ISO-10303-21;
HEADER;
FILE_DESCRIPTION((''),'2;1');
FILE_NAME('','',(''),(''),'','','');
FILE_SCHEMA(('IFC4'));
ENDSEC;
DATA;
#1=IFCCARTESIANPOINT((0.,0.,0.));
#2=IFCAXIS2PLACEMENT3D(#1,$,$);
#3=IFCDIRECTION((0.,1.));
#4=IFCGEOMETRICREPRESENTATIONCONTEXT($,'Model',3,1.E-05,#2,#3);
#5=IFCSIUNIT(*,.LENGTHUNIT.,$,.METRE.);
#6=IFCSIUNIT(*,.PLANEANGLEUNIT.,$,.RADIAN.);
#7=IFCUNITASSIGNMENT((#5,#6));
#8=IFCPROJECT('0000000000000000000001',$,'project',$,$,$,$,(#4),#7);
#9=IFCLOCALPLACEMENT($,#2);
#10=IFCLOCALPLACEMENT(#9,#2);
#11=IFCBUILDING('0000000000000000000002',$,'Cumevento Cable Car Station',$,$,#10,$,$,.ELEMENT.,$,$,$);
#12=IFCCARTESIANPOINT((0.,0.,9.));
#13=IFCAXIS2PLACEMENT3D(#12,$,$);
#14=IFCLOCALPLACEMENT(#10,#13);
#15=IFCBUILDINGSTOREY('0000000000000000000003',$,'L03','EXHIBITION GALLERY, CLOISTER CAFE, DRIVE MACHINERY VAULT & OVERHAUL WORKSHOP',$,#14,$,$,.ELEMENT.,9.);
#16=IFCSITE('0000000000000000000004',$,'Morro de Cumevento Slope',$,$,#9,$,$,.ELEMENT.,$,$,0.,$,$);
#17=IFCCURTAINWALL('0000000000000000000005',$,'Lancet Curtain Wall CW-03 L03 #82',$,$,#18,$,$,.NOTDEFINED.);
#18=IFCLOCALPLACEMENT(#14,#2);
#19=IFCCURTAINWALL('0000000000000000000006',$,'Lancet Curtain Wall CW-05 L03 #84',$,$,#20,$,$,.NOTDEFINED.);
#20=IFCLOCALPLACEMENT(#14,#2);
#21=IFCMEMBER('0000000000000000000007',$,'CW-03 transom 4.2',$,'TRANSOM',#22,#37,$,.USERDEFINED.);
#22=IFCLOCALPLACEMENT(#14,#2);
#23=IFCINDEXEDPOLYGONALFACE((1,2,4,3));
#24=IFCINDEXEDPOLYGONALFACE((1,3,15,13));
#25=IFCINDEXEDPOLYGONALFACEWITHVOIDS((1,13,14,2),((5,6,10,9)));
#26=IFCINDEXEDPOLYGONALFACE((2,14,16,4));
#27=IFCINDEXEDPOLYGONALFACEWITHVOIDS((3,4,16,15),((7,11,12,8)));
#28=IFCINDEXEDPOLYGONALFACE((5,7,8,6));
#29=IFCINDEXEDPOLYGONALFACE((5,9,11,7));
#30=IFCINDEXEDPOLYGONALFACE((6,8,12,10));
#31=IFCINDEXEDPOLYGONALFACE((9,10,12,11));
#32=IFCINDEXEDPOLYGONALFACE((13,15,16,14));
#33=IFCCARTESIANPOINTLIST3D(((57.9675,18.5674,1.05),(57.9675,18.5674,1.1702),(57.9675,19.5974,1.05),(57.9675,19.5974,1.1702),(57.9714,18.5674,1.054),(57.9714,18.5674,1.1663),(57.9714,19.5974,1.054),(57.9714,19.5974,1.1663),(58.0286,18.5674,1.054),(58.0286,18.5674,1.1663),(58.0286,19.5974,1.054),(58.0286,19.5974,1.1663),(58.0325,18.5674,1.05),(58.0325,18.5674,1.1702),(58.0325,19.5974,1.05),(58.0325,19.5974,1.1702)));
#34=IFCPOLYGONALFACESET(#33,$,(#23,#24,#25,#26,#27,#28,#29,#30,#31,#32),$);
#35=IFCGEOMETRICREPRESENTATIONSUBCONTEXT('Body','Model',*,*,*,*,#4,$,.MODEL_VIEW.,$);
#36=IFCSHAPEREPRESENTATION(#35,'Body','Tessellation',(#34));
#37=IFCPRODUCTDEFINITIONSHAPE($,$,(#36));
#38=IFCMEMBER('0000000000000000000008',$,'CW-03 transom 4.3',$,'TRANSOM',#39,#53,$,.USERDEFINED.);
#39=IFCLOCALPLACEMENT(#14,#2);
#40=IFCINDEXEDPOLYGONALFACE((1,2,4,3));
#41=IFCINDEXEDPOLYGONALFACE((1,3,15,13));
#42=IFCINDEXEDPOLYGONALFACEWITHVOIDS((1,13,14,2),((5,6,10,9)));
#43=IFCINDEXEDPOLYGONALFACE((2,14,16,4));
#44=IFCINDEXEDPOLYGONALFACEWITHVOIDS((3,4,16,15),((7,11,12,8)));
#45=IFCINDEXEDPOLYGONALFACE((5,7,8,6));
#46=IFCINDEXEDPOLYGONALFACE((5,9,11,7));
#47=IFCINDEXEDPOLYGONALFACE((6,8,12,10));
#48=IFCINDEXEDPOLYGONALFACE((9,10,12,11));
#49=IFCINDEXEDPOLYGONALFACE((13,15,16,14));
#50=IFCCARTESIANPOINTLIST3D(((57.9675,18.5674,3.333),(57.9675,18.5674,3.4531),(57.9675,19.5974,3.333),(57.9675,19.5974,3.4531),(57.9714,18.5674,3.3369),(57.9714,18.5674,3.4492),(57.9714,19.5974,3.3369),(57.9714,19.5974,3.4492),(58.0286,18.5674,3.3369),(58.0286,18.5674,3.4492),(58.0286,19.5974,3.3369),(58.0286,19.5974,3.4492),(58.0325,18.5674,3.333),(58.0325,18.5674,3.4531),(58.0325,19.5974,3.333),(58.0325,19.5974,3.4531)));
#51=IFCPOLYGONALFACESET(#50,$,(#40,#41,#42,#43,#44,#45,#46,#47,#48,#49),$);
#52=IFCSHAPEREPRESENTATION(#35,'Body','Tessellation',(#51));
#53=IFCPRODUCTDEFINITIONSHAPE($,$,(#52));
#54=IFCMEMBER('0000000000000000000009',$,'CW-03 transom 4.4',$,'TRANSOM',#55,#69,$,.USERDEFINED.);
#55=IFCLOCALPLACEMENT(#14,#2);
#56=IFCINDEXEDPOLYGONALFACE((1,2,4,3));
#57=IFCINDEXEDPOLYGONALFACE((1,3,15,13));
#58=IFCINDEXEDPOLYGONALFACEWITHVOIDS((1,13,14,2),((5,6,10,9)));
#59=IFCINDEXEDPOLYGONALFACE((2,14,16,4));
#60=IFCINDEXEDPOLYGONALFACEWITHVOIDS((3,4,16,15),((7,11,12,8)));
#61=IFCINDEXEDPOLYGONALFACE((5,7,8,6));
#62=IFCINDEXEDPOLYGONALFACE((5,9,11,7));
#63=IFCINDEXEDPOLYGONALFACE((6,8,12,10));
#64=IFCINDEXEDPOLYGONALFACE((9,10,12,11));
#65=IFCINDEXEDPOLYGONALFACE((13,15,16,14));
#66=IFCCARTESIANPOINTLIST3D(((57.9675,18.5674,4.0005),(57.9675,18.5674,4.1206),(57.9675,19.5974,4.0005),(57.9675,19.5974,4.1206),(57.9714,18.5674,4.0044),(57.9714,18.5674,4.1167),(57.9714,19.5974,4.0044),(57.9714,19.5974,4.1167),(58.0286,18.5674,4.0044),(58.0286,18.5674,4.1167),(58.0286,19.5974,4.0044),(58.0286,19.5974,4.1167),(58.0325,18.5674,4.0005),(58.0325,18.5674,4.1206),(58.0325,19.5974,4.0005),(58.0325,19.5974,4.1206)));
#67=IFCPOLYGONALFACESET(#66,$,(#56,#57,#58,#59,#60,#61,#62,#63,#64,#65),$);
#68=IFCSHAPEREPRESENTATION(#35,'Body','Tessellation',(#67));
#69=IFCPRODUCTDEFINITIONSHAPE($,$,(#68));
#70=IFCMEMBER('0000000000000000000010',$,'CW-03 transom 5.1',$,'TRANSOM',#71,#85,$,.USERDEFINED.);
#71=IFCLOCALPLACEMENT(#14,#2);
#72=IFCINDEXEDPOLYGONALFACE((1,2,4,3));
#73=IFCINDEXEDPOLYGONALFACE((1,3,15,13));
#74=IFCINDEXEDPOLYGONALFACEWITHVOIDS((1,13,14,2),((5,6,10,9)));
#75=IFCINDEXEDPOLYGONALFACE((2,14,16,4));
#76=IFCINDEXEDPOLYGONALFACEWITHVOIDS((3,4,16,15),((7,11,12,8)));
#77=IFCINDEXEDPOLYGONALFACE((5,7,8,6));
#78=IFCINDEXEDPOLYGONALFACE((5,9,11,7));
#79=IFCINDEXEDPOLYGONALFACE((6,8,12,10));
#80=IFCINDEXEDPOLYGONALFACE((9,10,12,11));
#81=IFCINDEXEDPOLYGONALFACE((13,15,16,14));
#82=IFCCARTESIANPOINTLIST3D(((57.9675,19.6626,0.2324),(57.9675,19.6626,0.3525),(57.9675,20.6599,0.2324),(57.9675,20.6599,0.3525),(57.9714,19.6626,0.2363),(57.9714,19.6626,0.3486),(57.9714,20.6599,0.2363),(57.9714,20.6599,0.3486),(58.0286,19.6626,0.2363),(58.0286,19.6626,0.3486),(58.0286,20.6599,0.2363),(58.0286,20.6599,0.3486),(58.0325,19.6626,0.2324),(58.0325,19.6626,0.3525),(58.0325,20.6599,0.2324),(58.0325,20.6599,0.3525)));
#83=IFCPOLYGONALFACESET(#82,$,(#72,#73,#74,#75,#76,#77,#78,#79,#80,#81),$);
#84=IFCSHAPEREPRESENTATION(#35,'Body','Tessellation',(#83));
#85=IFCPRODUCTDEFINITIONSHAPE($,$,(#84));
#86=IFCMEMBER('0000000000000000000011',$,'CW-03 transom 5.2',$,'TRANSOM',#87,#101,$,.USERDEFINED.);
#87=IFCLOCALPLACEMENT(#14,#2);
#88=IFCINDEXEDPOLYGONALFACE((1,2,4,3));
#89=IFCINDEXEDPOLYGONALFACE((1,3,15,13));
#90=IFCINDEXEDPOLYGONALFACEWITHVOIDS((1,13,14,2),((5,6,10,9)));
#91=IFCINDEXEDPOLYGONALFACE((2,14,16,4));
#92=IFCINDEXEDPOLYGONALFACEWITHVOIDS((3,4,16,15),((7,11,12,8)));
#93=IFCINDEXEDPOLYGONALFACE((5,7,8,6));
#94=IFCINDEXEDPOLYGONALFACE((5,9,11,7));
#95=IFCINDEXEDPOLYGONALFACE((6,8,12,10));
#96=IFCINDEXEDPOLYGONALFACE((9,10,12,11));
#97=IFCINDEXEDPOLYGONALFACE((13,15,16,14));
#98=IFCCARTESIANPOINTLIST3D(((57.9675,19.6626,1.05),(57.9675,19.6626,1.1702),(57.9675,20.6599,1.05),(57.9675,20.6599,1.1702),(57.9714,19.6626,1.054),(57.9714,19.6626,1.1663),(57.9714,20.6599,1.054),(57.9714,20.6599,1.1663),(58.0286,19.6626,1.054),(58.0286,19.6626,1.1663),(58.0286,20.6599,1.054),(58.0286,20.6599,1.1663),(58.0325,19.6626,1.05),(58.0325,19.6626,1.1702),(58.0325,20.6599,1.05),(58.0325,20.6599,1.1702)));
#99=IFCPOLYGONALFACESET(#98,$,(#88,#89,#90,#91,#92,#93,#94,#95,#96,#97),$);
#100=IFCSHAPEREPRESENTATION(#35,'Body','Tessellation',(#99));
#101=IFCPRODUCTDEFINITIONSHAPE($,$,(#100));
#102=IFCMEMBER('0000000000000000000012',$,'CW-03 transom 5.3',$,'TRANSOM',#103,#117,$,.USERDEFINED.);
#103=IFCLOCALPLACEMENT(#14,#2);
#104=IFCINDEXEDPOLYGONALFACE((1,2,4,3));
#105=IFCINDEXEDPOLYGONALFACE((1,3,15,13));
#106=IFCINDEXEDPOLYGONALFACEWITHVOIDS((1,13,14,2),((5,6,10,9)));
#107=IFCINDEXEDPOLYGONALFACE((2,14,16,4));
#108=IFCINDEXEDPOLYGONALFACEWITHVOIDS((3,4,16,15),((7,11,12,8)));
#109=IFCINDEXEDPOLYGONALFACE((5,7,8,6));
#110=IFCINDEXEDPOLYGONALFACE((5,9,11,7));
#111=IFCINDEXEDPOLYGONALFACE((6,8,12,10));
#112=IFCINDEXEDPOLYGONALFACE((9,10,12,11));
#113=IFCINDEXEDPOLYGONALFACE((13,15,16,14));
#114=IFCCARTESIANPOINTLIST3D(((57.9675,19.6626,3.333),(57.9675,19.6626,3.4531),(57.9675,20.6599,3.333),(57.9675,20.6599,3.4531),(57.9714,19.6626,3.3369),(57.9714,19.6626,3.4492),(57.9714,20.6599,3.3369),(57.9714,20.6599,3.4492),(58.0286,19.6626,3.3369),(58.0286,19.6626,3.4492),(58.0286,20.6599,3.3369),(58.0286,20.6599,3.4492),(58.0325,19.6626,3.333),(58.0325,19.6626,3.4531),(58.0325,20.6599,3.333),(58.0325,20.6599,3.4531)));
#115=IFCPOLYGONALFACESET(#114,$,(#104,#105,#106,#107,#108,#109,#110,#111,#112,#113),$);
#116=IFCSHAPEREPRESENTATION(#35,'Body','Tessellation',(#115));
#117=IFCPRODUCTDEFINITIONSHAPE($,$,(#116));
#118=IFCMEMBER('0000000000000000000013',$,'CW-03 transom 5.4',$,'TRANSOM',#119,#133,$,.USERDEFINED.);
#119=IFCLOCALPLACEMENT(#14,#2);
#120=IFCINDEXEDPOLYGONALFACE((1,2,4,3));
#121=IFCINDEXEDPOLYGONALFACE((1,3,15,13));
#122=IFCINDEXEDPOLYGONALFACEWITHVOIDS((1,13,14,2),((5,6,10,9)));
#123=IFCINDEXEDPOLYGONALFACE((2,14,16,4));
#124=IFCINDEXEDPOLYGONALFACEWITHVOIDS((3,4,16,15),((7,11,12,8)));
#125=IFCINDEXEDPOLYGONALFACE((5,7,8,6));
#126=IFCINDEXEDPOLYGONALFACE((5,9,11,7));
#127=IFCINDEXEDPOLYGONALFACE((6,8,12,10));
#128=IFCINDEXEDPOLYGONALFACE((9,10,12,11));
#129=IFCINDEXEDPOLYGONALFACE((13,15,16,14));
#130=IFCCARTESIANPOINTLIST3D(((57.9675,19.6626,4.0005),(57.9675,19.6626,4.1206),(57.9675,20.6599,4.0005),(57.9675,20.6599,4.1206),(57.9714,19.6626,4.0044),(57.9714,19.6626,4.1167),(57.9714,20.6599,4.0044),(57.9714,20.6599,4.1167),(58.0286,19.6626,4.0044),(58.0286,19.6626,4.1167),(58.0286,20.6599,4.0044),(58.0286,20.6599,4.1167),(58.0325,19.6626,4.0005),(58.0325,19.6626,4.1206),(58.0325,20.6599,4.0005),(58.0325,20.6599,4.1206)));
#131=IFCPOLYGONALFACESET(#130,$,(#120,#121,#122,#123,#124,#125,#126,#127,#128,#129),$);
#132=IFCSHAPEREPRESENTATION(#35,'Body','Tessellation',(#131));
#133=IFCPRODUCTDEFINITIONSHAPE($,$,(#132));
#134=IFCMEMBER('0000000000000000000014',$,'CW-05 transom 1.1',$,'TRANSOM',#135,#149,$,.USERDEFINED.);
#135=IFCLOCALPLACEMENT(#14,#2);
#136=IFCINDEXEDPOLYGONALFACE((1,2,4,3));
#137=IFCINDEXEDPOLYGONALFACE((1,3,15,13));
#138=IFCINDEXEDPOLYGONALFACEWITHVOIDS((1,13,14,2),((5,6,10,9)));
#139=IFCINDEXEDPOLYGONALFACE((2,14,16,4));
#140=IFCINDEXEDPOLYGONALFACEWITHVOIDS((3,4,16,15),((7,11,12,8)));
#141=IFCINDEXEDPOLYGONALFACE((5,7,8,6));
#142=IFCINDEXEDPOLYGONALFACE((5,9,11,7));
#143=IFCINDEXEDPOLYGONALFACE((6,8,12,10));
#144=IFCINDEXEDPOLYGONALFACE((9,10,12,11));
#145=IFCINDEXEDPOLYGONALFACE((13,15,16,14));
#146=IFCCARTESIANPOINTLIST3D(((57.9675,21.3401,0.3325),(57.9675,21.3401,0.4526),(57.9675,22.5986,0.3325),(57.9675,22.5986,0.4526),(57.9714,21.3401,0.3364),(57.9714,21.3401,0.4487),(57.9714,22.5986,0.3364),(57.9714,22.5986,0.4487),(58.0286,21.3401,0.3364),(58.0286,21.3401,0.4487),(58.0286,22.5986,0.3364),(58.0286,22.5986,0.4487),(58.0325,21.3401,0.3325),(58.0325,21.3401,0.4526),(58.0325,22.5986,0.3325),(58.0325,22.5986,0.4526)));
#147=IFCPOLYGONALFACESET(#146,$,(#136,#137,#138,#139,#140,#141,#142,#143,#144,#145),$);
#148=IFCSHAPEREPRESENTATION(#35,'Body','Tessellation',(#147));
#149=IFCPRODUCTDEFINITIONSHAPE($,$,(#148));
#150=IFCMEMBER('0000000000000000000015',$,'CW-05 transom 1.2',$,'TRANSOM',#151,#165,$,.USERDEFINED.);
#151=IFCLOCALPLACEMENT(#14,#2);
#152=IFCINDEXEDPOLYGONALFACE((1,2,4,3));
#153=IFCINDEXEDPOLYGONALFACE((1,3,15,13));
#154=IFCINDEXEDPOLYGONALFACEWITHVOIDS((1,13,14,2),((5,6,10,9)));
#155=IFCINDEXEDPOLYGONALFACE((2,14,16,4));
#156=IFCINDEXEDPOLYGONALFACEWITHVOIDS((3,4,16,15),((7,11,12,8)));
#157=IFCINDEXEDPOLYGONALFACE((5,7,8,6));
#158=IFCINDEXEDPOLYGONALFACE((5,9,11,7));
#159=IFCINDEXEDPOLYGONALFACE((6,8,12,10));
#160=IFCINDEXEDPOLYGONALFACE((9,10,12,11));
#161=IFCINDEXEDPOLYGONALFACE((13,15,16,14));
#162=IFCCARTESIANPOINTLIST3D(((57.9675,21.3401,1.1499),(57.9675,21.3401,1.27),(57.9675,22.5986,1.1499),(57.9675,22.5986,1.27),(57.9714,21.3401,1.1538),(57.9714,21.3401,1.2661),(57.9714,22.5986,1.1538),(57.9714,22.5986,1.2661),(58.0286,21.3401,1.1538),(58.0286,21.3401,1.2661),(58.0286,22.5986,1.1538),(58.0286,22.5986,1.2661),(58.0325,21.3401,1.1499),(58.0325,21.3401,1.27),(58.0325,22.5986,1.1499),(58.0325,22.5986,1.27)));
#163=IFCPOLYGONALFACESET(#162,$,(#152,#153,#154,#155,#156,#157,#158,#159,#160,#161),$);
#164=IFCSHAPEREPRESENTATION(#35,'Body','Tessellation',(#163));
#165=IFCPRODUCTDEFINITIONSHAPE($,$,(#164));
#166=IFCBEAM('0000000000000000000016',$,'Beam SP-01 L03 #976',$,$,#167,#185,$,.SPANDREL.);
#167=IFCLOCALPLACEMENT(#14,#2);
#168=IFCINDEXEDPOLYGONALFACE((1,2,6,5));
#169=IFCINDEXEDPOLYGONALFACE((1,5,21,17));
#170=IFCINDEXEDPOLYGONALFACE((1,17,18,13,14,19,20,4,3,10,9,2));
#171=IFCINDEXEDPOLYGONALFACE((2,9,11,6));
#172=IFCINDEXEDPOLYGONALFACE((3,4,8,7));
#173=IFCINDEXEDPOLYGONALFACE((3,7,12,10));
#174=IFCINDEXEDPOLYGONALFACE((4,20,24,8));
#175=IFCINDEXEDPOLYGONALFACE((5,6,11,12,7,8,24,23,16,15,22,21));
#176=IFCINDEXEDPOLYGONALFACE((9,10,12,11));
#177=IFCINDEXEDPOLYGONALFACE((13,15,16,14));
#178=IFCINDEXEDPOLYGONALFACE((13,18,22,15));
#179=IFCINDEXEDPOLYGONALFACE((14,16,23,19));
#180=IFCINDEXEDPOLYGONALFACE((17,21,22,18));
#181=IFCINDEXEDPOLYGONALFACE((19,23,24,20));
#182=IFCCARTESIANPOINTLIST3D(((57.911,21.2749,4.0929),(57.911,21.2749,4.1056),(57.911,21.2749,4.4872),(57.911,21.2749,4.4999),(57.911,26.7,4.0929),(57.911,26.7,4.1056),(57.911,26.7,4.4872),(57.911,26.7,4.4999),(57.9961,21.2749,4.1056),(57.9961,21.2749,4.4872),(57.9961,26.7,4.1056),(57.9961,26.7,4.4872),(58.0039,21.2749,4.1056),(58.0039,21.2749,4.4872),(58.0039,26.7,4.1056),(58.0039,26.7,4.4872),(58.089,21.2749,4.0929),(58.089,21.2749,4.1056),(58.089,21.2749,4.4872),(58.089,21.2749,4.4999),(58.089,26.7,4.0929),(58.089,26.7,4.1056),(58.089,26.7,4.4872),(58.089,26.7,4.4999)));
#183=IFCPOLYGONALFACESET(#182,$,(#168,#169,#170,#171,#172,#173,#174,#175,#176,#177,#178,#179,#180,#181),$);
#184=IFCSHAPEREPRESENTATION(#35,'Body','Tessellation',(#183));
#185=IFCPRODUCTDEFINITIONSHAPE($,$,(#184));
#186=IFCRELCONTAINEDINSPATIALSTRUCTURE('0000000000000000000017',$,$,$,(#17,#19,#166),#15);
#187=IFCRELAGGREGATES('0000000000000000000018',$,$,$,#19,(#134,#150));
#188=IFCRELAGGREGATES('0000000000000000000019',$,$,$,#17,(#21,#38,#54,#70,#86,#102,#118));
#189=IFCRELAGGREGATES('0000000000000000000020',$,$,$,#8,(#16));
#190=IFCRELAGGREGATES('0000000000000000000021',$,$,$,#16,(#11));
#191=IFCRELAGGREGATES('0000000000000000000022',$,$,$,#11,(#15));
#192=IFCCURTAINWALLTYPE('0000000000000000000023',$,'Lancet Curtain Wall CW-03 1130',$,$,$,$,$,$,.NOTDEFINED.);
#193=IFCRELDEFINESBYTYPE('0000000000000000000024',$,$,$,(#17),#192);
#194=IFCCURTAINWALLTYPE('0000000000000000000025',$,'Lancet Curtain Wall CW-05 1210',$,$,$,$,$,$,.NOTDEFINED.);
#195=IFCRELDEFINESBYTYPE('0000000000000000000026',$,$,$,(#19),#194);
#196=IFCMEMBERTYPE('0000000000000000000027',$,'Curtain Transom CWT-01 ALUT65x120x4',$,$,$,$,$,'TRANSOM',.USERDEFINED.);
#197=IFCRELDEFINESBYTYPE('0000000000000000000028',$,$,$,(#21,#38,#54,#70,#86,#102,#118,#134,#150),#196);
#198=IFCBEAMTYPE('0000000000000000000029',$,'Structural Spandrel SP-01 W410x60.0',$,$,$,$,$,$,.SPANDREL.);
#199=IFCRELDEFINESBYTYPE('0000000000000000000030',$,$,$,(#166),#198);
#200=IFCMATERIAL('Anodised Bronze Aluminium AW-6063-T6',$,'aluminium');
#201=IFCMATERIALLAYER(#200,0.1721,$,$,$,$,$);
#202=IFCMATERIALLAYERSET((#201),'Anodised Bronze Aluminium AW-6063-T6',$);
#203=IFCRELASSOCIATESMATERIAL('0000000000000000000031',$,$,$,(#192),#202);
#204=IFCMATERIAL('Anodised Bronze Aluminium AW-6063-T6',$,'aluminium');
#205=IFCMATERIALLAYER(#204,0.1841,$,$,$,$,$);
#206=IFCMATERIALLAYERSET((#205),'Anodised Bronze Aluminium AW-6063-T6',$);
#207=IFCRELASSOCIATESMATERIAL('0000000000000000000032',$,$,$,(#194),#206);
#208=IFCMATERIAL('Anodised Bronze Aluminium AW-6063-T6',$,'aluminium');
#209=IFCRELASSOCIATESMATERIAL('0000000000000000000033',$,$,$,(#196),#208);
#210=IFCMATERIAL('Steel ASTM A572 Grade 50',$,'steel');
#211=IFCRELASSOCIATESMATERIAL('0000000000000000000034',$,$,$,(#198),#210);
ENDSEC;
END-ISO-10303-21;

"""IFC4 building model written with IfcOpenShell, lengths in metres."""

from ifc_helpers import new_model, si_unit, direction, frame, origin, origin_2d, place, context, subcontext, project, spatial, hollow_rectangle, i_section, extrude, material, layer, layer_set, material_profile, profile_set, type_object, element, aggregate, save


model = new_model("IFC4")

# Units and contexts
model_context = context("Model", 3, precision=1e-05, world=origin(), true_north=direction((0.0, 1.0)))
body_context = subcontext(model_context, "Body", "Model", "MODEL_VIEW")
ifc_project = project(units=[si_unit("LENGTHUNIT", "METRE"), si_unit("PLANEANGLEUNIT", "RADIAN")], contexts=[model_context])

# Site, building, storey
site_placement = place(None, origin())
site = spatial("IfcSite", under=ifc_project, at=site_placement, Name="Morro de Cumevento Slope", CompositionType="ELEMENT", RefElevation=0.0)
building_placement = place(site_placement, origin())
building = spatial("IfcBuilding", under=site, at=building_placement, Name="Cumevento Cable Car Station", CompositionType="ELEMENT")
storey_placement = place(building_placement, frame((0.0, 0.0, 9.0)))
storey = spatial("IfcBuildingStorey", under=building, at=storey_placement, Name="L03", Description="EXHIBITION GALLERY, CLOISTER CAFE, DRIVE MACHINERY VAULT & OVERHAUL WORKSHOP", CompositionType="ELEMENT", Elevation=9.0)

# Curtain wall
ifc_material_1 = material(Name="Anodised Bronze Aluminium AW-6063-T6", Category="aluminium")
ifc_layer_1 = layer(ifc_material_1, 0.1721)
ifc_layer_set_1 = layer_set([ifc_layer_1], Name="Anodised Bronze Aluminium AW-6063-T6")
curtain_wall_type_1 = type_object("IfcCurtainWallType", Name="Lancet Curtain Wall CW-03 1130", PredefinedType="NOTDEFINED", material=ifc_layer_set_1)
curtain_wall_1_placement = place(storey_placement, origin())
curtain_wall_1 = element("IfcCurtainWall", 1, at=curtain_wall_1_placement, inside=storey, type_object=curtain_wall_type_1, Name="Lancet Curtain Wall CW-03 L03 #82", PredefinedType="NOTDEFINED")

# Curtain wall
ifc_material_2 = material(Name="Anodised Bronze Aluminium AW-6063-T6", Category="aluminium")
ifc_layer_2 = layer(ifc_material_2, 0.1841)
ifc_layer_set_2 = layer_set([ifc_layer_2], Name="Anodised Bronze Aluminium AW-6063-T6")
curtain_wall_type_2 = type_object("IfcCurtainWallType", Name="Lancet Curtain Wall CW-05 1210", PredefinedType="NOTDEFINED", material=ifc_layer_set_2)
curtain_wall_2_placement = place(storey_placement, origin())
curtain_wall_2 = element("IfcCurtainWall", 2, at=curtain_wall_2_placement, inside=storey, type_object=curtain_wall_type_2, Name="Lancet Curtain Wall CW-05 L03 #84", PredefinedType="NOTDEFINED")

# Members
ifc_material_3 = material(Name="Anodised Bronze Aluminium AW-6063-T6", Category="aluminium")
ifc_material_profile_1 = material_profile(ifc_material_3, hollow_rectangle(XDim=0.0649, YDim=0.1201, WallThickness=0.0039, at=origin_2d()), Name="ALUT65x120x4")
ifc_profile_set_1 = profile_set([ifc_material_profile_1], Name="Anodised Bronze Aluminium AW-6063-T6")
member_type_1 = type_object("IfcMemberType", Name="Curtain Transom CWT-01 ALUT65x120x4", ElementType="TRANSOM", PredefinedType="USERDEFINED", material=ifc_profile_set_1)
member_1_placement = place(storey_placement, frame((58.0, 18.5674, 1.1101), z_axis=(0.0, 1.0, 0.0), x_axis=(-1.0, 0.0, 0.0)))
member_1 = element("IfcMember", 3, at=member_1_placement, type_object=member_type_1, Name="CW-03 transom 4.2", ObjectType="TRANSOM", PredefinedType="USERDEFINED", context=body_context, shape_type="SweptSolid", body=[
    extrude(hollow_rectangle(XDim=0.0649, YDim=0.1201, WallThickness=0.0039, at=origin_2d()), origin(), (0.0, 0.0, 1.0), 1.03),
])
member_2_placement = place(storey_placement, frame((58.0, 18.5674, 3.3931), z_axis=(0.0, 1.0, 0.0), x_axis=(-1.0, 0.0, 0.0)))
member_2 = element("IfcMember", 4, at=member_2_placement, type_object=member_type_1, Name="CW-03 transom 4.3", ObjectType="TRANSOM", PredefinedType="USERDEFINED", context=body_context, shape_type="SweptSolid", body=[
    extrude(hollow_rectangle(XDim=0.0649, YDim=0.1201, WallThickness=0.0039, at=origin_2d()), origin(), (0.0, 0.0, 1.0), 1.03),
])
member_3_placement = place(storey_placement, frame((58.0, 18.5674, 4.0605), z_axis=(0.0, 1.0, 0.0), x_axis=(-1.0, 0.0, 0.0)))
member_3 = element("IfcMember", 5, at=member_3_placement, type_object=member_type_1, Name="CW-03 transom 4.4", ObjectType="TRANSOM", PredefinedType="USERDEFINED", context=body_context, shape_type="SweptSolid", body=[
    extrude(hollow_rectangle(XDim=0.0649, YDim=0.1201, WallThickness=0.0039, at=origin_2d()), origin(), (0.0, 0.0, 1.0), 1.03),
])
member_4_placement = place(storey_placement, frame((58.0, 19.6626, 0.2925), z_axis=(0.0, 1.0, 0.0), x_axis=(-1.0, 0.0, 0.0)))
member_4 = element("IfcMember", 6, at=member_4_placement, type_object=member_type_1, Name="CW-03 transom 5.1", ObjectType="TRANSOM", PredefinedType="USERDEFINED", context=body_context, shape_type="SweptSolid", body=[
    extrude(hollow_rectangle(XDim=0.0649, YDim=0.1201, WallThickness=0.0039, at=origin_2d()), origin(), (0.0, 0.0, 1.0), 0.9973),
])
member_5_placement = place(storey_placement, frame((58.0, 19.6626, 1.1101), z_axis=(0.0, 1.0, 0.0), x_axis=(-1.0, 0.0, 0.0)))
member_5 = element("IfcMember", 7, at=member_5_placement, type_object=member_type_1, Name="CW-03 transom 5.2", ObjectType="TRANSOM", PredefinedType="USERDEFINED", context=body_context, shape_type="SweptSolid", body=[
    extrude(hollow_rectangle(XDim=0.0649, YDim=0.1201, WallThickness=0.0039, at=origin_2d()), origin(), (0.0, 0.0, 1.0), 0.9973),
])
member_6_placement = place(storey_placement, frame((58.0, 19.6626, 3.3931), z_axis=(0.0, 1.0, 0.0), x_axis=(-1.0, 0.0, 0.0)))
member_6 = element("IfcMember", 8, at=member_6_placement, type_object=member_type_1, Name="CW-03 transom 5.3", ObjectType="TRANSOM", PredefinedType="USERDEFINED", context=body_context, shape_type="SweptSolid", body=[
    extrude(hollow_rectangle(XDim=0.0649, YDim=0.1201, WallThickness=0.0039, at=origin_2d()), origin(), (0.0, 0.0, 1.0), 0.9973),
])
member_7_placement = place(storey_placement, frame((58.0, 19.6626, 4.0605), z_axis=(0.0, 1.0, 0.0), x_axis=(-1.0, 0.0, 0.0)))
member_7 = element("IfcMember", 9, at=member_7_placement, type_object=member_type_1, Name="CW-03 transom 5.4", ObjectType="TRANSOM", PredefinedType="USERDEFINED", context=body_context, shape_type="SweptSolid", body=[
    extrude(hollow_rectangle(XDim=0.0649, YDim=0.1201, WallThickness=0.0039, at=origin_2d()), origin(), (0.0, 0.0, 1.0), 0.9973),
])
member_8_placement = place(storey_placement, frame((58.0, 21.3401, 0.3926), z_axis=(0.0, 1.0, 0.0), x_axis=(-1.0, 0.0, 0.0)))
member_8 = element("IfcMember", 10, at=member_8_placement, type_object=member_type_1, Name="CW-05 transom 1.1", ObjectType="TRANSOM", PredefinedType="USERDEFINED", context=body_context, shape_type="SweptSolid", body=[
    extrude(hollow_rectangle(XDim=0.0649, YDim=0.1201, WallThickness=0.0039, at=origin_2d()), origin(), (0.0, 0.0, 1.0), 1.2585),
])
member_9_placement = place(storey_placement, frame((58.0, 21.3401, 1.21), z_axis=(0.0, 1.0, 0.0), x_axis=(-1.0, 0.0, 0.0)))
member_9 = element("IfcMember", 11, at=member_9_placement, type_object=member_type_1, Name="CW-05 transom 1.2", ObjectType="TRANSOM", PredefinedType="USERDEFINED", context=body_context, shape_type="SweptSolid", body=[
    extrude(hollow_rectangle(XDim=0.0649, YDim=0.1201, WallThickness=0.0039, at=origin_2d()), origin(), (0.0, 0.0, 1.0), 1.2585),
])
aggregate(curtain_wall_2, [member_8, member_9])

# Beam
ifc_material_4 = material(Name="Steel ASTM A572 Grade 50", Category="steel")
ifc_material_profile_2 = material_profile(ifc_material_4, i_section(OverallWidth=0.178, OverallDepth=0.407, WebThickness=0.0078, FlangeThickness=0.0127, at=origin_2d()), Name="W410x60.0")
ifc_profile_set_2 = profile_set([ifc_material_profile_2], Name="Steel ASTM A572 Grade 50")
beam_type = type_object("IfcBeamType", Name="Structural Spandrel SP-01 W410x60.0", PredefinedType="SPANDREL", material=ifc_profile_set_2)
beam_placement = place(storey_placement, frame((58.0, 21.2749, 4.2964), z_axis=(0.0, 1.0, 0.0), x_axis=(-1.0, 0.0, 0.0)))
element("IfcBeam", 12, at=beam_placement, inside=storey, type_object=beam_type, Name="Beam SP-01 L03 #976", PredefinedType="SPANDREL", context=body_context, shape_type="SweptSolid", body=[
    extrude(i_section(OverallWidth=0.178, OverallDepth=0.407, WebThickness=0.0078, FlangeThickness=0.0127, at=origin_2d()), origin(), (0.0, 0.0, 1.0), 5.425),
])

aggregate(curtain_wall_1, [member_1, member_2, member_3, member_4, member_5, member_6, member_7])

save(model, "model.ifc")
